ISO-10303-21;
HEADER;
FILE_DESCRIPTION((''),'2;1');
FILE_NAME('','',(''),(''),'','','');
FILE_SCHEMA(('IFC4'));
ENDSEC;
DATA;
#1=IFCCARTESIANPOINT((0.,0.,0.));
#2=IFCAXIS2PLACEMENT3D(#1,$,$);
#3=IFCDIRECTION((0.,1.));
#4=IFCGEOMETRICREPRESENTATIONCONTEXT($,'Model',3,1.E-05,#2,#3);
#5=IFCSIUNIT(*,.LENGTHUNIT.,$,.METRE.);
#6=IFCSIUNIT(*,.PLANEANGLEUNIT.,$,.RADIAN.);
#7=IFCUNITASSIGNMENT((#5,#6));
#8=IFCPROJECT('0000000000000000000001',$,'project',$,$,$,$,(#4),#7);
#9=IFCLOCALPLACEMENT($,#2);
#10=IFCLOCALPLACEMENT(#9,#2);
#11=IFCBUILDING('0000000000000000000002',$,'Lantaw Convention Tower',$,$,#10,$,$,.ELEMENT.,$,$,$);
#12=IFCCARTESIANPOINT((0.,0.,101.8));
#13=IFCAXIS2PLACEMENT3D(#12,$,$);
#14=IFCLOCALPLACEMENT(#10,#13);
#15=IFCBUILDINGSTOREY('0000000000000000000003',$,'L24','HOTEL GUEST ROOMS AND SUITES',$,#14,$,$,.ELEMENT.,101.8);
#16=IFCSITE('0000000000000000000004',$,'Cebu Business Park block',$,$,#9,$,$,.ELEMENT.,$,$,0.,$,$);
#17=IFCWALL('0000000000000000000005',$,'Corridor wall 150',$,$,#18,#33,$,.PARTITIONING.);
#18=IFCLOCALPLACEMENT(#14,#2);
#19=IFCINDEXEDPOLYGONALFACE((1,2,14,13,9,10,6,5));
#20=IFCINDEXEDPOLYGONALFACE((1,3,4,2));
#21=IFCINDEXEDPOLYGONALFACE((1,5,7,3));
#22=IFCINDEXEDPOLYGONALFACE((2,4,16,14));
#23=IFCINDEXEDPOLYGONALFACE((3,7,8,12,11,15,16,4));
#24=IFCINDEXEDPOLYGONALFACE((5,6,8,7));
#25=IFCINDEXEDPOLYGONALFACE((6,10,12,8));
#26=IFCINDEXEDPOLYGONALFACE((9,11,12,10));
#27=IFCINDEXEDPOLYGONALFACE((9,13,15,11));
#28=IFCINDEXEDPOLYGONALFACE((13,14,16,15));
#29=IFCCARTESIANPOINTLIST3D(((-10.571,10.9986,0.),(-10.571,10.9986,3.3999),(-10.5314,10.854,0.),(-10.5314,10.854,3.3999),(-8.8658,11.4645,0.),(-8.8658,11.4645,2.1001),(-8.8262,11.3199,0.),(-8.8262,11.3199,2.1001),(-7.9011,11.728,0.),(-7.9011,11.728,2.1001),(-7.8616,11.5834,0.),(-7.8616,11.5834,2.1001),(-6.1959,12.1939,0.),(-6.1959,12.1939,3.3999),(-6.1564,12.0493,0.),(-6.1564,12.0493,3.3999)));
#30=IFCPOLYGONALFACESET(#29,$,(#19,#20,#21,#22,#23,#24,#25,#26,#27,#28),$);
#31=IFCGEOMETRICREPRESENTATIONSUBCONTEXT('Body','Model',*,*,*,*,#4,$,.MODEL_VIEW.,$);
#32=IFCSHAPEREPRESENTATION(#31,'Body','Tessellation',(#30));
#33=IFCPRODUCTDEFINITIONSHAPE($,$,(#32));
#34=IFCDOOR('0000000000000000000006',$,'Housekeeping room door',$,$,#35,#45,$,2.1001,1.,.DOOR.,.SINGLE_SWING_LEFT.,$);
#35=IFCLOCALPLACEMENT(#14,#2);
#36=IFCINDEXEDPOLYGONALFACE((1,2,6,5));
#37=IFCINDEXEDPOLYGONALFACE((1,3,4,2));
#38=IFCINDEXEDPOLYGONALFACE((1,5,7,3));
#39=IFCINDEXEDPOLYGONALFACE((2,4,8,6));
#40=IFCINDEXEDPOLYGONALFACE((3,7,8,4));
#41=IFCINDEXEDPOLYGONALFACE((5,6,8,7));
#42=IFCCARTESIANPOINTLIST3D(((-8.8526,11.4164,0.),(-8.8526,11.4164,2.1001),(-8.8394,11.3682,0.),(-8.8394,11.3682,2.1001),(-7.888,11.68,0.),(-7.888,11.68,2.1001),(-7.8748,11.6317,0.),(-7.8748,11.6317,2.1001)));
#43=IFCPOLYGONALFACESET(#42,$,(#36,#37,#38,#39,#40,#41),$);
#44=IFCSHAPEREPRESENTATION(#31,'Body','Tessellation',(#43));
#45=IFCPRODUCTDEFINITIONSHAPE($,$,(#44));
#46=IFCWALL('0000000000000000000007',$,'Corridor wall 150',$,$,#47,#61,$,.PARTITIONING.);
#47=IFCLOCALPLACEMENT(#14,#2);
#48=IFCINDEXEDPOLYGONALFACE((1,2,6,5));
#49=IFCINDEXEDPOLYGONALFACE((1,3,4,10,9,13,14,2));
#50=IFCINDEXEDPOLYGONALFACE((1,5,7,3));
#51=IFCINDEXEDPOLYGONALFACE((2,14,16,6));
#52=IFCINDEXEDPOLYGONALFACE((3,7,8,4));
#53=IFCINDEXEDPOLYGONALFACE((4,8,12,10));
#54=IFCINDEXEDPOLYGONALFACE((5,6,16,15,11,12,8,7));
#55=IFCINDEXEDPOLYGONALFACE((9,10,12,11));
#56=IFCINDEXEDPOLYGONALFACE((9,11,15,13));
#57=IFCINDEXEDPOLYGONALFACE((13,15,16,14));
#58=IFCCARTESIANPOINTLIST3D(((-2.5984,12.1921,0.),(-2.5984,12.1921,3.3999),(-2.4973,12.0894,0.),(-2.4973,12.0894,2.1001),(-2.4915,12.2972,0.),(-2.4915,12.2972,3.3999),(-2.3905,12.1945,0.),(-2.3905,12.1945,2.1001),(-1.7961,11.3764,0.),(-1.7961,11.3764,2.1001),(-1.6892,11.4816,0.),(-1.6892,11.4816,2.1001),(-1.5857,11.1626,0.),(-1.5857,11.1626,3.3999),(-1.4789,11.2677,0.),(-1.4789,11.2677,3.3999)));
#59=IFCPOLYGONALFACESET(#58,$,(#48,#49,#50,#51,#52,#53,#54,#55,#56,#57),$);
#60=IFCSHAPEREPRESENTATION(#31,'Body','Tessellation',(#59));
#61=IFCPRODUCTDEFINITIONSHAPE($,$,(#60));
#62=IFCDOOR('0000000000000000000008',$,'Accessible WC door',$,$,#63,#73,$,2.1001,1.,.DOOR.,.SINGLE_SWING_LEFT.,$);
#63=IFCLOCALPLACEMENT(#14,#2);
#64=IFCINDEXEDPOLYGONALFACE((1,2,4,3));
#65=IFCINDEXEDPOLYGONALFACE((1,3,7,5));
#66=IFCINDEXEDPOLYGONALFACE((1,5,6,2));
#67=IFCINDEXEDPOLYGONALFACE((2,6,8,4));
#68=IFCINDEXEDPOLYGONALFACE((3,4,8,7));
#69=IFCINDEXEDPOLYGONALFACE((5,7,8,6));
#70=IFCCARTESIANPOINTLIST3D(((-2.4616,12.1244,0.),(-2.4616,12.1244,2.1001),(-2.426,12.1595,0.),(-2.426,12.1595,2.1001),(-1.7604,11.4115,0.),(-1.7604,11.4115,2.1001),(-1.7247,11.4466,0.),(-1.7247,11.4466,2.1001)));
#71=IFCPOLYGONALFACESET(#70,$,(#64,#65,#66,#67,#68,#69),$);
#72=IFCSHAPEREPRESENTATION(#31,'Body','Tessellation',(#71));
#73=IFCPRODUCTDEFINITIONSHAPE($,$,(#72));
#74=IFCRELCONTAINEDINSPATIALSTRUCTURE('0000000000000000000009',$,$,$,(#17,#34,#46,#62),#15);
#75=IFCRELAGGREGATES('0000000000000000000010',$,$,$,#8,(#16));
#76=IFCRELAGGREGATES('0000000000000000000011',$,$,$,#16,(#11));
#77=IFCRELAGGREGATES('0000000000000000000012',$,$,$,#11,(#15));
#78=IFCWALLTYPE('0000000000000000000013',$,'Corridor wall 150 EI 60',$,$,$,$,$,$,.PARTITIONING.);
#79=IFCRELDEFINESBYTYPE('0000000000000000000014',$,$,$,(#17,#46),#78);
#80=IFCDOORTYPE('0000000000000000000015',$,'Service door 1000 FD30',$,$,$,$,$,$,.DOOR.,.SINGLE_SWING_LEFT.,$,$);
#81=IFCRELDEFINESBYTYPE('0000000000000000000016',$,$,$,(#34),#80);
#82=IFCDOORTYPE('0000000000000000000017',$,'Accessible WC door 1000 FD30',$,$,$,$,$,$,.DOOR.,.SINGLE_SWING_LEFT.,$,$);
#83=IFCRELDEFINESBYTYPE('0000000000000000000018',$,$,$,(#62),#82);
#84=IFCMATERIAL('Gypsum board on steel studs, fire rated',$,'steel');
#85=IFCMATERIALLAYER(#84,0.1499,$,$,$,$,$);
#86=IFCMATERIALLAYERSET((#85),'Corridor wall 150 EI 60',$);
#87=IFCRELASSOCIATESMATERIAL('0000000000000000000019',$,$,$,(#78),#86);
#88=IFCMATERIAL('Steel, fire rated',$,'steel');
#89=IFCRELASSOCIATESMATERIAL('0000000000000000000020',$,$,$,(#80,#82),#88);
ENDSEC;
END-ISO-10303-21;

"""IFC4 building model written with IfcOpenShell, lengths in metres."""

from ifc_helpers import new_model, si_unit, direction, frame, frame_2d, origin, place, context, subcontext, project, spatial, rectangle, extrude, material, layer, layer_set, type_object, element, fill, save


model = new_model("IFC4")

# Units and contexts
model_context = context("Model", 3, precision=1e-05, world=origin(), true_north=direction((0.0, 1.0)))
body_context = subcontext(model_context, "Body", "Model", "MODEL_VIEW")
ifc_project = project(units=[si_unit("LENGTHUNIT", "METRE"), si_unit("PLANEANGLEUNIT", "RADIAN")], contexts=[model_context])

# Site, building, storey
site_placement = place(None, origin())
site = spatial("IfcSite", under=ifc_project, at=site_placement, Name="Cebu Business Park block", CompositionType="ELEMENT", RefElevation=0.0)
building_placement = place(site_placement, origin())
building = spatial("IfcBuilding", under=site, at=building_placement, Name="Lantaw Convention Tower", CompositionType="ELEMENT")
storey_placement = place(building_placement, frame((0.0, 0.0, 101.8)))
storey = spatial("IfcBuildingStorey", under=building, at=storey_placement, Name="L24", Description="HOTEL GUEST ROOMS AND SUITES", CompositionType="ELEMENT", Elevation=101.8)

# Shared definitions
ifc_material_1 = material(Name="Gypsum board on steel studs, fire rated", Category="steel")
ifc_layer_1 = layer(ifc_material_1, 0.1499)
ifc_layer_set_1 = layer_set([ifc_layer_1], Name="Corridor wall 150 EI 60")
wall_type_1 = type_object("IfcWallType", Name="Corridor wall 150 EI 60", PredefinedType="PARTITIONING", material=ifc_layer_set_1)
ifc_material_2 = material(Name="Steel, fire rated", Category="steel")

# Walls, openings, doors
wall_1_placement = place(storey_placement, frame((-6.1763, 12.1216, 0.0), z_axis=(0.0, 0.0, 1.0), x_axis=(-0.964644, -0.263555, 0.0)))
wall_1 = element("IfcWall", 1, at=wall_1_placement, inside=storey, type_object=wall_type_1, Name="Corridor wall 150", PredefinedType="PARTITIONING", context=body_context, shape_type="SweptSolid", body=[
    extrude(rectangle(XDim=4.5354, YDim=0.1499, at=frame_2d((2.2676, 0.0))), origin(), (0.0, 0.0, 1.0), 3.3999),
])
opening_1_placement = place(wall_1_placement, frame((1.7676, 0.0, 0.0)))
opening_1 = element("IfcOpeningElement", 2, at=opening_1_placement, cuts=wall_1, PredefinedType="OPENING", context=body_context, shape_type="SweptSolid", body=[
    extrude(rectangle(XDim=1.0, YDim=2.1001, at=frame_2d((0.5, 1.05))), frame((0.0, 0.085, 0.0), z_axis=(0.0, -1.0, 0.0), x_axis=(1.0, 0.0, 0.0)), (0.0, 0.0, 1.0), 0.1699),
])
door_type_1 = type_object("IfcDoorType", Name="Service door 1000 FD30", OperationType="SINGLE_SWING_LEFT", PredefinedType="DOOR", material=ifc_material_2)
door_1_placement = place(opening_1_placement, origin())
door_1 = element("IfcDoor", 3, at=door_1_placement, inside=storey, type_object=door_type_1, Name="Housekeeping room door", OperationType="SINGLE_SWING_LEFT", OverallHeight=2.1001, OverallWidth=1.0, PredefinedType="DOOR", context=body_context, shape_type="SweptSolid", body=[
    extrude(rectangle(XDim=1.0, YDim=2.1001, at=frame_2d((0.5, 1.05))), frame((0.0, 0.0249, 0.0), z_axis=(0.0, -1.0, 0.0), x_axis=(1.0, 0.0, 0.0)), (0.0, 0.0, 1.0), 0.05),
])
fill(opening_1, door_1)
wall_2_placement = place(storey_placement, frame((-1.5322, 11.2151, 0.0), z_axis=(0.0, 0.0, 1.0), x_axis=(-0.70125, 0.712915, 0.0)))
wall_2 = element("IfcWall", 4, at=wall_2_placement, inside=storey, type_object=wall_type_1, Name="Corridor wall 150", PredefinedType="PARTITIONING", context=body_context, shape_type="SweptSolid", body=[
    extrude(rectangle(XDim=1.4441, YDim=0.1499, at=frame_2d((0.7222, 0.0))), origin(), (0.0, 0.0, 1.0), 3.3999),
])
opening_2_placement = place(wall_2_placement, frame((0.3, 0.0, 0.0)))
opening_2 = element("IfcOpeningElement", 5, at=opening_2_placement, cuts=wall_2, PredefinedType="OPENING", context=body_context, shape_type="SweptSolid", body=[
    extrude(rectangle(XDim=1.0, YDim=2.1001, at=frame_2d((0.5, 1.05))), frame((0.0, 0.085, 0.0), z_axis=(0.0, -1.0, 0.0), x_axis=(1.0, 0.0, 0.0)), (0.0, 0.0, 1.0), 0.1699),
])
door_type_2 = type_object("IfcDoorType", Name="Accessible WC door 1000 FD30", OperationType="SINGLE_SWING_LEFT", PredefinedType="DOOR", material=ifc_material_2)
door_2_placement = place(opening_2_placement, origin())
door_2 = element("IfcDoor", 6, at=door_2_placement, inside=storey, type_object=door_type_2, Name="Accessible WC door", OperationType="SINGLE_SWING_LEFT", OverallHeight=2.1001, OverallWidth=1.0, PredefinedType="DOOR", context=body_context, shape_type="SweptSolid", body=[
    extrude(rectangle(XDim=1.0, YDim=2.1001, at=frame_2d((0.5, 1.05))), frame((0.0, 0.0249, 0.0), z_axis=(0.0, -1.0, 0.0), x_axis=(1.0, 0.0, 0.0)), (0.0, 0.0, 1.0), 0.05),
])
fill(opening_2, door_2)

save(model, "model.ifc")
